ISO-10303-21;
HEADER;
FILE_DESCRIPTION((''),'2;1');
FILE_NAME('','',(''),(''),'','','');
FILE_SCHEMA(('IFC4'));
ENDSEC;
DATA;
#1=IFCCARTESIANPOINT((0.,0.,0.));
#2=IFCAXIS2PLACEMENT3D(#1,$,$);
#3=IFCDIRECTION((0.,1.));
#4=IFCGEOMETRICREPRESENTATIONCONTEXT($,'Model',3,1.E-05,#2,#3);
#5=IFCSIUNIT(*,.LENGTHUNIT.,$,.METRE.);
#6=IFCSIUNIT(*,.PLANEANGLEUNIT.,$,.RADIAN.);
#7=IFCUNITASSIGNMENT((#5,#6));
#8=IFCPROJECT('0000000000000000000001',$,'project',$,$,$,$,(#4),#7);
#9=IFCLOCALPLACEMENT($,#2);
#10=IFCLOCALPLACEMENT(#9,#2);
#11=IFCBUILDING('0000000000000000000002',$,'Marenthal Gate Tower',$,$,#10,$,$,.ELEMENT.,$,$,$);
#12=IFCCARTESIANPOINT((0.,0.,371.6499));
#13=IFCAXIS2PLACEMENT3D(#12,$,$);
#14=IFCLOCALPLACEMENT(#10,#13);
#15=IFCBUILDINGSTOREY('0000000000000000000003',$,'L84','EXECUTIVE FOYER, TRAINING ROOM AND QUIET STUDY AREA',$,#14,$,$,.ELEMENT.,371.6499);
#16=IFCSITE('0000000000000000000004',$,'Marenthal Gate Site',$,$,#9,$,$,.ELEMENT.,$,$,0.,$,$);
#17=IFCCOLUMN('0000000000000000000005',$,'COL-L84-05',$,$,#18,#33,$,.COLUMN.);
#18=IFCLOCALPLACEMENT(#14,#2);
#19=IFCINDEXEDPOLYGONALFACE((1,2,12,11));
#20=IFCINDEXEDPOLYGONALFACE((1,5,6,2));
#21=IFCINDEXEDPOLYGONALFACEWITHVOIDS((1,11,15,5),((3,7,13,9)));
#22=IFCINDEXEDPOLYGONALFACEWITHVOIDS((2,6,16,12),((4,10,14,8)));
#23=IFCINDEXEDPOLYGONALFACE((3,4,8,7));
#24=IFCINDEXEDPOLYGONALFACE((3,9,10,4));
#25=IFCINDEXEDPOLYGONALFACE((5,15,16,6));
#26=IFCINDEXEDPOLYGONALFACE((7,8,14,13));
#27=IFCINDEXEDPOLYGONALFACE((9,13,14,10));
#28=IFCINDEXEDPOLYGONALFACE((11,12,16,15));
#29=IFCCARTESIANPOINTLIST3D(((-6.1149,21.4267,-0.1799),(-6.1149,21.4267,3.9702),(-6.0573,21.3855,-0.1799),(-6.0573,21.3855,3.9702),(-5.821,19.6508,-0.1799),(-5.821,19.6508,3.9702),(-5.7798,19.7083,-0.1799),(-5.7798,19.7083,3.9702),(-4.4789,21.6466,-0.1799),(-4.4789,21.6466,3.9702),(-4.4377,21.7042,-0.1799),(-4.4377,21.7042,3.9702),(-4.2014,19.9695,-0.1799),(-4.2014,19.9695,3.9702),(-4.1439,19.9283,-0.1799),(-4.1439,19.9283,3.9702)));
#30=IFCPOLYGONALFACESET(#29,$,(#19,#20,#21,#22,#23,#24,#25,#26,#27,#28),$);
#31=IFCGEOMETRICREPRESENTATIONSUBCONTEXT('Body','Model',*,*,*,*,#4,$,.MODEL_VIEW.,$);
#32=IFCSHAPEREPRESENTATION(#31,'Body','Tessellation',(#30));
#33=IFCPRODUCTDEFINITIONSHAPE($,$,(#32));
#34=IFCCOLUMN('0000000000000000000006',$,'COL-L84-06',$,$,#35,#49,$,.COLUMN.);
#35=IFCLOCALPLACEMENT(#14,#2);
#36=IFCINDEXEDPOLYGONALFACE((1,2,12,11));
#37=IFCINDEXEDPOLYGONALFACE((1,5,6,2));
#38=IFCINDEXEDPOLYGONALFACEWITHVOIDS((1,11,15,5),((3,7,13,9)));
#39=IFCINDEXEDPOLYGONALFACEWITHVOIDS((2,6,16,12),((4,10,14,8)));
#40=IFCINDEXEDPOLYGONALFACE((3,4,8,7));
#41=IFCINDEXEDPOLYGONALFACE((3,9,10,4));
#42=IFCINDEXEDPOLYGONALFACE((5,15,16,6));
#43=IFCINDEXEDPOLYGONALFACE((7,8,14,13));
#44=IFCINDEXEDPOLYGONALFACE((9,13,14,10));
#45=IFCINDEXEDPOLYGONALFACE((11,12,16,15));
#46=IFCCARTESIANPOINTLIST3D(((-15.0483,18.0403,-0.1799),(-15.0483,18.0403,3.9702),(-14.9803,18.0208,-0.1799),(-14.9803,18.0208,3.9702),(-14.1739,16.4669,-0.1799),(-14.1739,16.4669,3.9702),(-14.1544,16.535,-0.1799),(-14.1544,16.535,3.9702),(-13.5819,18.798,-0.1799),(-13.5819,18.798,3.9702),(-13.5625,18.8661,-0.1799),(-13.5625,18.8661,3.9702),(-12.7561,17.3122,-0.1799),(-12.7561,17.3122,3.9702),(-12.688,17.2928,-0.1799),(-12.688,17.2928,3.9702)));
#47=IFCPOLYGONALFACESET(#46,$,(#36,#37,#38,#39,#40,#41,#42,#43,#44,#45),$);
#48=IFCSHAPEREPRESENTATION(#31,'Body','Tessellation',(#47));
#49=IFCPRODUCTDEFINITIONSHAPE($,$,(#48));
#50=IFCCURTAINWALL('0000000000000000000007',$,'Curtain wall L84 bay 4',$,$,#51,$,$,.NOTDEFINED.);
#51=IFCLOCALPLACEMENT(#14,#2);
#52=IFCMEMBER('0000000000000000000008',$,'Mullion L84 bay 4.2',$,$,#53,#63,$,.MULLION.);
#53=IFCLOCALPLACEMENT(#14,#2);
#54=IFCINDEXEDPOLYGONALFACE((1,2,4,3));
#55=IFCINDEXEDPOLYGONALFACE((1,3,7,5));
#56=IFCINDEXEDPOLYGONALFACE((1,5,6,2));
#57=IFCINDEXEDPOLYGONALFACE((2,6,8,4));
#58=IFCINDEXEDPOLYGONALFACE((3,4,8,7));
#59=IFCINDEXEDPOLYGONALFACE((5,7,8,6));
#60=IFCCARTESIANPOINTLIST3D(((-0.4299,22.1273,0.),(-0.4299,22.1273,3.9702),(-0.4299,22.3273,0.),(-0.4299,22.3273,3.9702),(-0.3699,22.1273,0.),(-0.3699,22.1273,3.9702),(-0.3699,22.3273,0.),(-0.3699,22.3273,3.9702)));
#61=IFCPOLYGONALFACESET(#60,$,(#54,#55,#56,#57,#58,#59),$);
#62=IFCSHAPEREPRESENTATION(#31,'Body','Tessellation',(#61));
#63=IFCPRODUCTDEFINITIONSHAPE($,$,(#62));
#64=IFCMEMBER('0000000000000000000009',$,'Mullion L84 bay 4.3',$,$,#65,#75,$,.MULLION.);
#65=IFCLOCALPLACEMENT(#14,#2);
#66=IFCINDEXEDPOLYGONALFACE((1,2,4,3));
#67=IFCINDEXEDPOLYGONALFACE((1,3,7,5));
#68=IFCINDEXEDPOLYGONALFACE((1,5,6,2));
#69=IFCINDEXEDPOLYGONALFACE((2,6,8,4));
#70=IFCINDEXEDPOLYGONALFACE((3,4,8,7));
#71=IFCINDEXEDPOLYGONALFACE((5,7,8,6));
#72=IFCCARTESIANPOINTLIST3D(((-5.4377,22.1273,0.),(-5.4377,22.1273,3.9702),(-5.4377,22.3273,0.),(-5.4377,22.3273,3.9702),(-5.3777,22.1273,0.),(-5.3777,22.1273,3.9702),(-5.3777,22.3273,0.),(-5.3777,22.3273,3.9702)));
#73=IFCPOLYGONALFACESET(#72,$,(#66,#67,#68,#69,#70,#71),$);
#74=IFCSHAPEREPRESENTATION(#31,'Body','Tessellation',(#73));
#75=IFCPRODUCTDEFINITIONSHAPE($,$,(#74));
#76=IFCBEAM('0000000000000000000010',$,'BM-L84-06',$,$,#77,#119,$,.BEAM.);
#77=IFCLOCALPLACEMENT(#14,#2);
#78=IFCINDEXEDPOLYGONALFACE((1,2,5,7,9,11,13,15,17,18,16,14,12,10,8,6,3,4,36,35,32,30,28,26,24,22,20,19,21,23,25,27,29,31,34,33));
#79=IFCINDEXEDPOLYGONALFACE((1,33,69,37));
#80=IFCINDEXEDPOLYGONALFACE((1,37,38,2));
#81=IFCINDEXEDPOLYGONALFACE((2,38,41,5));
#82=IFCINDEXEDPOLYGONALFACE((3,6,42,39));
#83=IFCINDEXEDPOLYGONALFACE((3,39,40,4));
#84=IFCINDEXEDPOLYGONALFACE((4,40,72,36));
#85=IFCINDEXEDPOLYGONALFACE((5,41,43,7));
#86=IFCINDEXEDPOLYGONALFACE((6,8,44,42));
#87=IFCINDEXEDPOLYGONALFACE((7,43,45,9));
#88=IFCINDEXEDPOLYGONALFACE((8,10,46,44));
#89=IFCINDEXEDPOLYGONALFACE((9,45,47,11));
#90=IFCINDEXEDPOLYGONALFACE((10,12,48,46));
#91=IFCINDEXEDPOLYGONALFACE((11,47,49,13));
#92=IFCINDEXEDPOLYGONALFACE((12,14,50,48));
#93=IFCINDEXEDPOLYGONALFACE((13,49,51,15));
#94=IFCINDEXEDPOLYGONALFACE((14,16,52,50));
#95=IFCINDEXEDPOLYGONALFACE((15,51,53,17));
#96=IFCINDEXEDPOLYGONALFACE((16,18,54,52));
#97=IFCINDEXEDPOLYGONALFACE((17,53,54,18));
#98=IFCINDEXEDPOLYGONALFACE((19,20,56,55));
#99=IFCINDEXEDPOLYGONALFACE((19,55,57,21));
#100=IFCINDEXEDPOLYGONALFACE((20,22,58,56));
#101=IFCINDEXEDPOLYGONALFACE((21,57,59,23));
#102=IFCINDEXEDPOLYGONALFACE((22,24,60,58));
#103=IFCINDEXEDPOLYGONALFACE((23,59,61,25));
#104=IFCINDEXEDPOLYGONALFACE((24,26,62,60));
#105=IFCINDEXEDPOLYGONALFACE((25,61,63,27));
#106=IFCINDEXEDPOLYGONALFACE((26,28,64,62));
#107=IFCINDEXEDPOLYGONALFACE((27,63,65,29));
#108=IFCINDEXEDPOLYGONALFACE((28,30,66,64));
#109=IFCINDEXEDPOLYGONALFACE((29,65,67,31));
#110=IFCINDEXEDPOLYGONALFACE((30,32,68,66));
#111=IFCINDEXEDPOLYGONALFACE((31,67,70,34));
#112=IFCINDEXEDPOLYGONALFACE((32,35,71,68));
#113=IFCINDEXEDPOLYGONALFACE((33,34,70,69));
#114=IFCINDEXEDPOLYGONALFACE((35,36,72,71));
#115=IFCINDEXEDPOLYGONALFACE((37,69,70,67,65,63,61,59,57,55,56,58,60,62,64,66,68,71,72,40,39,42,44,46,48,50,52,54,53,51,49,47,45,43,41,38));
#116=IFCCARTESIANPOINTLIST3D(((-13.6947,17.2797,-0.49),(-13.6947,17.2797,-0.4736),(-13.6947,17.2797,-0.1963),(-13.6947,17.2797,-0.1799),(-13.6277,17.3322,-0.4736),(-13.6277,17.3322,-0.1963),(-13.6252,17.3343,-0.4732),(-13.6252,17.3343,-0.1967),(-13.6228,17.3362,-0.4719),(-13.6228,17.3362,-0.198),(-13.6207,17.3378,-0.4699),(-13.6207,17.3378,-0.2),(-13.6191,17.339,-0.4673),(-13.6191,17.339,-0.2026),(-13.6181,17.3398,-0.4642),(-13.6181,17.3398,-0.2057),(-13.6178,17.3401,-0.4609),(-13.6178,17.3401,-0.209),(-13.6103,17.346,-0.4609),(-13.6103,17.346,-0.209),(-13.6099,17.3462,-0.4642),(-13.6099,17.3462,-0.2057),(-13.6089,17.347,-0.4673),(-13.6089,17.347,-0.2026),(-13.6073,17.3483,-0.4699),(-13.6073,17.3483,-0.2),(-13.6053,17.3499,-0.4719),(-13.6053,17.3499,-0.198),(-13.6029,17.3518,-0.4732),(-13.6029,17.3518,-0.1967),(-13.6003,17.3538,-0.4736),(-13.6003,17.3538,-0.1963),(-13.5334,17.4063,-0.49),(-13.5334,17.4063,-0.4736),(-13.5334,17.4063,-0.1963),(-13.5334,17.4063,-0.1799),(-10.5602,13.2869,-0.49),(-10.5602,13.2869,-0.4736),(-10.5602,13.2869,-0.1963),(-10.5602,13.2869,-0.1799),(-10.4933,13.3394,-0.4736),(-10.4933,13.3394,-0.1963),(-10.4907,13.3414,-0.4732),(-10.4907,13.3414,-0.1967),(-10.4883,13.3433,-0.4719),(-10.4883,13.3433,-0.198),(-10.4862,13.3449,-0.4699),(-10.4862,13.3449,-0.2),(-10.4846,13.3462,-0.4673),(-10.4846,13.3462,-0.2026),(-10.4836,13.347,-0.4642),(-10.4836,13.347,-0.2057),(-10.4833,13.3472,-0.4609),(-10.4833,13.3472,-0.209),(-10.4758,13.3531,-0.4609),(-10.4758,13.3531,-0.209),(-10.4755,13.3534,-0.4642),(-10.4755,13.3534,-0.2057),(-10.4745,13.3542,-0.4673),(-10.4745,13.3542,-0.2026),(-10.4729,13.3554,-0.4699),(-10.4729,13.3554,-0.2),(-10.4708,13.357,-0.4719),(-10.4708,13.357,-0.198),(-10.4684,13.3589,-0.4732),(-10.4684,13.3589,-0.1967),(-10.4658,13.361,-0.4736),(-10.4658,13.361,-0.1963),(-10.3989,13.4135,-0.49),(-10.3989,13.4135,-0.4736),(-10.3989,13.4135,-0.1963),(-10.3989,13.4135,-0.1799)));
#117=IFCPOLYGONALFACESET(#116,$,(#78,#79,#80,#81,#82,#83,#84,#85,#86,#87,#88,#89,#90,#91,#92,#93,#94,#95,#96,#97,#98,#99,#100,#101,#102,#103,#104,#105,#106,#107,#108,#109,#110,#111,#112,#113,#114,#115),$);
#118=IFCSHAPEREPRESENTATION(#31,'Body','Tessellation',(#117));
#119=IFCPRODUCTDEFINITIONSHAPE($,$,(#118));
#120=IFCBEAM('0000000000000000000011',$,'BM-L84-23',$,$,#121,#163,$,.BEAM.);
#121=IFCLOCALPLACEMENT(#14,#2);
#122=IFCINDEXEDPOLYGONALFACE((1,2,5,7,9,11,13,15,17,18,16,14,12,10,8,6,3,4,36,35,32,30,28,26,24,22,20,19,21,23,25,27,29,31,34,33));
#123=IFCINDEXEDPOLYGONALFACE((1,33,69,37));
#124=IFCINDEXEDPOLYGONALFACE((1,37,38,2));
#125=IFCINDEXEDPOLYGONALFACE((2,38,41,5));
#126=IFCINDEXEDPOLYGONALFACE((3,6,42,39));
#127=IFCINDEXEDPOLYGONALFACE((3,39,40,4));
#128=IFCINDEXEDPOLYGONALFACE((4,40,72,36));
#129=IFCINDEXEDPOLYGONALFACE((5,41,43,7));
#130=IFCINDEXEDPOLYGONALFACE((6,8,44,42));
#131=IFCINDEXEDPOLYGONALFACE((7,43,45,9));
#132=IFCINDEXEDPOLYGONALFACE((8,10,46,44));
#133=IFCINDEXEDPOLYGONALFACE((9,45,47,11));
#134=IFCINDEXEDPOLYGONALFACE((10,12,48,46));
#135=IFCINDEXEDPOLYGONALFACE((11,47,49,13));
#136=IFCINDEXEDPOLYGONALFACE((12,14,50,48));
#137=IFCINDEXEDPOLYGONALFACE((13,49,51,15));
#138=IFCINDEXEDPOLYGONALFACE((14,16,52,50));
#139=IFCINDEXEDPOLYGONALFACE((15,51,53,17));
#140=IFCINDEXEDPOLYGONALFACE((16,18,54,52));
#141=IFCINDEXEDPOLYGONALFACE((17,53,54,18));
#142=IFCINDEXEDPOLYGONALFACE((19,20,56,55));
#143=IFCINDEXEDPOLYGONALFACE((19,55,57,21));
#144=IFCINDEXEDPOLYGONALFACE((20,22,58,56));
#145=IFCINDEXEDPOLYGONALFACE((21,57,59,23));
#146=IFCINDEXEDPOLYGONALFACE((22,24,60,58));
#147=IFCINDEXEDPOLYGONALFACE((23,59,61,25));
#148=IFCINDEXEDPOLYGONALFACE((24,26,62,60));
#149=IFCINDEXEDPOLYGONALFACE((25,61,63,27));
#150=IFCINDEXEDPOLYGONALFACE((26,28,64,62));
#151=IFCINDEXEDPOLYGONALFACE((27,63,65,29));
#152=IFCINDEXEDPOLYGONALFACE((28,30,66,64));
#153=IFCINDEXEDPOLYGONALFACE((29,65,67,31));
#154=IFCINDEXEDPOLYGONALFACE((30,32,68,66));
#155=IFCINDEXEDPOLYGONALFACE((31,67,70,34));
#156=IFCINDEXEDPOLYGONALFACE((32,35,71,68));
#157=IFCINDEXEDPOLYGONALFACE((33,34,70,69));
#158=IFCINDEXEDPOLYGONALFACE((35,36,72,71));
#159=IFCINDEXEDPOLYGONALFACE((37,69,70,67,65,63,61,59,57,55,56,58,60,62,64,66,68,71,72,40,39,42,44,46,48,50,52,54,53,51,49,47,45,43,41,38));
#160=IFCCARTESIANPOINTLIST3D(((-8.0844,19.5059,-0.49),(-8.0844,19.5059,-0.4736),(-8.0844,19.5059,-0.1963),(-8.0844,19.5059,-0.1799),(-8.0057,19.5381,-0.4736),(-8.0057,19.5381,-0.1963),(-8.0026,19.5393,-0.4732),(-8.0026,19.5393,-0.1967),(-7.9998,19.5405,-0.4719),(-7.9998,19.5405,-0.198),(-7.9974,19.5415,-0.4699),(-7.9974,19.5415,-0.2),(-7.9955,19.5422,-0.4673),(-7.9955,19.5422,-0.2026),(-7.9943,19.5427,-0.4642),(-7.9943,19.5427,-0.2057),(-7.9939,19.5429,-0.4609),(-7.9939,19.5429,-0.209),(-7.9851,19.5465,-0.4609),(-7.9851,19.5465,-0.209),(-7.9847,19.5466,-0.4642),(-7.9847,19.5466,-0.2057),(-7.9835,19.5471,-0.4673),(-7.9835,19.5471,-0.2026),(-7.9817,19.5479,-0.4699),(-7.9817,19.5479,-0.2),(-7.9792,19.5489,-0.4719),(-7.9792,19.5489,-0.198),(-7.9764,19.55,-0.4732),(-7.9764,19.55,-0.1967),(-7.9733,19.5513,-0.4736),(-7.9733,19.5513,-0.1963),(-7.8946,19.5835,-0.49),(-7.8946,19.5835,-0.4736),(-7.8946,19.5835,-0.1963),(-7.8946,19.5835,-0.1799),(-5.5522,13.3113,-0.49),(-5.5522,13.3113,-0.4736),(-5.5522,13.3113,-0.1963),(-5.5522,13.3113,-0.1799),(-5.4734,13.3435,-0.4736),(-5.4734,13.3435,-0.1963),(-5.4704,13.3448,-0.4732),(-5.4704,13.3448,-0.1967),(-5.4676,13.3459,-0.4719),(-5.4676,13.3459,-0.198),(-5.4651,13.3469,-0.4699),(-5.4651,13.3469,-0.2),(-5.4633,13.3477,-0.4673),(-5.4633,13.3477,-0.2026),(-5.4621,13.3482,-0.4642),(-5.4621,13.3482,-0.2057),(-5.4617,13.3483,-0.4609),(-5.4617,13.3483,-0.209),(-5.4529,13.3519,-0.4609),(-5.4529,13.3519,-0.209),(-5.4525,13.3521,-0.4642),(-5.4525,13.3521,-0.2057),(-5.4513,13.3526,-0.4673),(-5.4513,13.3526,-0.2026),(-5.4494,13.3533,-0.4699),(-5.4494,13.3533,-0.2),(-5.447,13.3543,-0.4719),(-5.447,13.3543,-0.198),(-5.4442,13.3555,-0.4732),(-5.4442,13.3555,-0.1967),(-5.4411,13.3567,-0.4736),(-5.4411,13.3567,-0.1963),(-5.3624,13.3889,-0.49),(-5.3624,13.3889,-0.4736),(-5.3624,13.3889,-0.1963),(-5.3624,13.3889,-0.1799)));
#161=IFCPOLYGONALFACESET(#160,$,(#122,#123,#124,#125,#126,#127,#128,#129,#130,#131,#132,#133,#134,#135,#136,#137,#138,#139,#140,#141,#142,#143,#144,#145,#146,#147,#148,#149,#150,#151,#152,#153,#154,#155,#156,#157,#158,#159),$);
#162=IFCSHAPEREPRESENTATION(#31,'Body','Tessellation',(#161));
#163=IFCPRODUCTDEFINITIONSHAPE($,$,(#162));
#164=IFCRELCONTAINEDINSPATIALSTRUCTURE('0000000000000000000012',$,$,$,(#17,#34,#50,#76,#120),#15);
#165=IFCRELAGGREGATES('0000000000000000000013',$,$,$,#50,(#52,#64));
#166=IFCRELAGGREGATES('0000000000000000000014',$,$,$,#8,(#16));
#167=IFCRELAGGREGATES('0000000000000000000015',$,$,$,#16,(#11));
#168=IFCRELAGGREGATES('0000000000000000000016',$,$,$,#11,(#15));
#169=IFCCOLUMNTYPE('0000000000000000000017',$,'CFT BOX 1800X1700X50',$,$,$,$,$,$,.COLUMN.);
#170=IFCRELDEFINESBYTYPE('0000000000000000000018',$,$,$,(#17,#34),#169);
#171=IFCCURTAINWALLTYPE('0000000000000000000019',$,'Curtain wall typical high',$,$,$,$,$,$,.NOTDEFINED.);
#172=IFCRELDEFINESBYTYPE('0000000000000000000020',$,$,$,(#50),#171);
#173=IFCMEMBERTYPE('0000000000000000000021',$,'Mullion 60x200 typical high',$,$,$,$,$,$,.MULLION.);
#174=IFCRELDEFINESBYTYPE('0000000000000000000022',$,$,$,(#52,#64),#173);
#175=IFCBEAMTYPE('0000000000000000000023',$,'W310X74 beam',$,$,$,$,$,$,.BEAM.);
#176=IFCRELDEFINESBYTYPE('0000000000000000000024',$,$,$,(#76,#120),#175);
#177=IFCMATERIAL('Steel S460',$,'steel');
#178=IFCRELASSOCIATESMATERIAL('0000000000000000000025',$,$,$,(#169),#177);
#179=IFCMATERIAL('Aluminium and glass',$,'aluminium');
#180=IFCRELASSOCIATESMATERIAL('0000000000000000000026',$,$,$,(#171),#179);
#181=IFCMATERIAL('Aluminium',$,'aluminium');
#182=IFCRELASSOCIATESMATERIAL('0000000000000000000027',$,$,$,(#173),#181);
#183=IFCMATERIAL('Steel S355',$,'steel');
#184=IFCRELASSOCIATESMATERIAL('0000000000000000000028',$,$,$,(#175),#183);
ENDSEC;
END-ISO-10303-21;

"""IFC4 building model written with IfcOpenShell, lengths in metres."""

from ifc_helpers import new_model, si_unit, direction, frame, origin, origin_2d, place, context, subcontext, project, spatial, rectangle, hollow_rectangle, i_section, extrude, material, material_profile, profile_set, type_object, element, aggregate, save


model = new_model("IFC4")

# Units and contexts
model_context = context("Model", 3, precision=1e-05, world=origin(), true_north=direction((0.0, 1.0)))
body_context = subcontext(model_context, "Body", "Model", "MODEL_VIEW")
ifc_project = project(units=[si_unit("LENGTHUNIT", "METRE"), si_unit("PLANEANGLEUNIT", "RADIAN")], contexts=[model_context])

# Site, building, storey
site_placement = place(None, origin())
site = spatial("IfcSite", under=ifc_project, at=site_placement, Name="Marenthal Gate Site", CompositionType="ELEMENT", RefElevation=0.0)
building_placement = place(site_placement, origin())
building = spatial("IfcBuilding", under=site, at=building_placement, Name="Marenthal Gate Tower", CompositionType="ELEMENT")
storey_placement = place(building_placement, frame((0.0, 0.0, 371.6499)))
storey = spatial("IfcBuildingStorey", under=building, at=storey_placement, Name="L84", Description="EXECUTIVE FOYER, TRAINING ROOM AND QUIET STUDY AREA", CompositionType="ELEMENT", Elevation=371.6499)

# Columns
ifc_material_1 = material(Name="Steel S460", Category="steel")
ifc_material_profile_1 = material_profile(ifc_material_1, hollow_rectangle(XDim=1.7, YDim=1.8, WallThickness=0.05, at=origin_2d()), Name="CFT BOX 1800X1700X50")
ifc_material_2 = material(Name="Concrete 70 MPa", Category="concrete")
ifc_material_profile_2 = material_profile(ifc_material_2, rectangle(XDim=1.6001, YDim=1.7, at=origin_2d()), Name="CFT BOX 1800X1700X50 INFILL")
ifc_profile_set_1 = profile_set([ifc_material_profile_1, ifc_material_profile_2], Name="Steel S460 shell, Concrete 70 MPa infill")
column_type = type_object("IfcColumnType", Name="CFT BOX 1800X1700X50", PredefinedType="COLUMN", material=ifc_profile_set_1)
for number, where, z_axis, x_axis, name in (
    (1, (-5.1294, 20.6775, -0.1799), (0.0, 0.0, 1.0), (0.986586, 0.16324, 0.0), "COL-L84-05"),
    (2, (-13.8682, 17.6665, -0.1799), (0.0, 0.0, 1.0), (0.874065, 0.485809, 0.0), "COL-L84-06"),
):
    element("IfcColumn", number, at=place(storey_placement, frame(where, z_axis=z_axis, x_axis=x_axis)), inside=storey, type_object=column_type, Name=name, PredefinedType="COLUMN", context=body_context, shape_type="SweptSolid", body=[
        extrude(hollow_rectangle(XDim=1.7, YDim=1.8, WallThickness=0.05, at=origin_2d()), origin(), (0.0, 0.0, 1.0), 4.1501),
    ])

# Curtain wall, members
ifc_material_3 = material(Name="Aluminium and glass", Category="aluminium")
curtain_wall_type = type_object("IfcCurtainWallType", Name="Curtain wall typical high", PredefinedType="NOTDEFINED", material=ifc_material_3)
curtain_wall_placement = place(storey_placement, origin())
curtain_wall = element("IfcCurtainWall", 3, at=curtain_wall_placement, inside=storey, type_object=curtain_wall_type, Name="Curtain wall L84 bay 4", PredefinedType="NOTDEFINED")
ifc_material_4 = material(Name="Aluminium", Category="aluminium")
ifc_material_profile_3 = material_profile(ifc_material_4, rectangle(XDim=0.2, YDim=0.0601, at=origin_2d()), Name="60x200 aluminium mullion")
ifc_profile_set_2 = profile_set([ifc_material_profile_3], Name="Aluminium")
member_type = type_object("IfcMemberType", Name="Mullion 60x200 typical high", PredefinedType="MULLION", material=ifc_profile_set_2)
member_1_placement = place(storey_placement, frame((-0.3999, 22.2273, 0.0), z_axis=(0.0, 0.0, 1.0), x_axis=(0.0, -1.0, 0.0)))
member_1 = element("IfcMember", 4, at=member_1_placement, type_object=member_type, Name="Mullion L84 bay 4.2", PredefinedType="MULLION", context=body_context, shape_type="SweptSolid", body=[
    extrude(rectangle(XDim=0.2, YDim=0.0601, at=origin_2d()), origin(), (0.0, 0.0, 1.0), 3.9702),
])
member_2_placement = place(storey_placement, frame((-5.4077, 22.2273, 0.0), z_axis=(0.0, 0.0, 1.0), x_axis=(0.0, -1.0, 0.0)))
member_2 = element("IfcMember", 5, at=member_2_placement, type_object=member_type, Name="Mullion L84 bay 4.3", PredefinedType="MULLION", context=body_context, shape_type="SweptSolid", body=[
    extrude(rectangle(XDim=0.2, YDim=0.0601, at=origin_2d()), origin(), (0.0, 0.0, 1.0), 3.9702),
])

# Beams
ifc_material_5 = material(Name="Steel S355", Category="steel")
ifc_material_profile_4 = material_profile(ifc_material_5, i_section(OverallWidth=0.2051, OverallDepth=0.3101, WebThickness=0.0095, FlangeThickness=0.0164, FilletRadius=0.0127, at=origin_2d()), Name="W310X74")
ifc_profile_set_3 = profile_set([ifc_material_profile_4], Name="Steel S355")
beam_type_1 = type_object("IfcBeamType", Name="W310X74 beam", PredefinedType="BEAM", material=ifc_profile_set_3)
beam_1_placement = place(storey_placement, frame((-13.614, 17.343, -0.335), z_axis=(0.617484, -0.786584, 0.0), x_axis=(0.786584, 0.617484, 0.0)))
element("IfcBeam", 6, at=beam_1_placement, inside=storey, type_object=beam_type_1, Name="BM-L84-06", PredefinedType="BEAM", context=body_context, shape_type="SweptSolid", body=[
    extrude(i_section(OverallWidth=0.2051, OverallDepth=0.3101, WebThickness=0.0095, FlangeThickness=0.0164, FilletRadius=0.0127, at=origin_2d()), origin(), (0.0, 0.0, 1.0), 5.0762),
])
beam_2_placement = place(storey_placement, frame((-7.9895, 19.5447, -0.335), z_axis=(0.378387, -0.925647, 0.0), x_axis=(0.925647, 0.378387, 0.0)))
element("IfcBeam", 7, at=beam_2_placement, inside=storey, type_object=beam_type_1, Name="BM-L84-23", PredefinedType="BEAM", context=body_context, shape_type="SweptSolid", body=[
    extrude(i_section(OverallWidth=0.2051, OverallDepth=0.3101, WebThickness=0.0095, FlangeThickness=0.0164, FilletRadius=0.0127, at=origin_2d()), origin(), (0.0, 0.0, 1.0), 6.6921),
])

aggregate(curtain_wall, [member_1, member_2])

save(model, "model.ifc")
